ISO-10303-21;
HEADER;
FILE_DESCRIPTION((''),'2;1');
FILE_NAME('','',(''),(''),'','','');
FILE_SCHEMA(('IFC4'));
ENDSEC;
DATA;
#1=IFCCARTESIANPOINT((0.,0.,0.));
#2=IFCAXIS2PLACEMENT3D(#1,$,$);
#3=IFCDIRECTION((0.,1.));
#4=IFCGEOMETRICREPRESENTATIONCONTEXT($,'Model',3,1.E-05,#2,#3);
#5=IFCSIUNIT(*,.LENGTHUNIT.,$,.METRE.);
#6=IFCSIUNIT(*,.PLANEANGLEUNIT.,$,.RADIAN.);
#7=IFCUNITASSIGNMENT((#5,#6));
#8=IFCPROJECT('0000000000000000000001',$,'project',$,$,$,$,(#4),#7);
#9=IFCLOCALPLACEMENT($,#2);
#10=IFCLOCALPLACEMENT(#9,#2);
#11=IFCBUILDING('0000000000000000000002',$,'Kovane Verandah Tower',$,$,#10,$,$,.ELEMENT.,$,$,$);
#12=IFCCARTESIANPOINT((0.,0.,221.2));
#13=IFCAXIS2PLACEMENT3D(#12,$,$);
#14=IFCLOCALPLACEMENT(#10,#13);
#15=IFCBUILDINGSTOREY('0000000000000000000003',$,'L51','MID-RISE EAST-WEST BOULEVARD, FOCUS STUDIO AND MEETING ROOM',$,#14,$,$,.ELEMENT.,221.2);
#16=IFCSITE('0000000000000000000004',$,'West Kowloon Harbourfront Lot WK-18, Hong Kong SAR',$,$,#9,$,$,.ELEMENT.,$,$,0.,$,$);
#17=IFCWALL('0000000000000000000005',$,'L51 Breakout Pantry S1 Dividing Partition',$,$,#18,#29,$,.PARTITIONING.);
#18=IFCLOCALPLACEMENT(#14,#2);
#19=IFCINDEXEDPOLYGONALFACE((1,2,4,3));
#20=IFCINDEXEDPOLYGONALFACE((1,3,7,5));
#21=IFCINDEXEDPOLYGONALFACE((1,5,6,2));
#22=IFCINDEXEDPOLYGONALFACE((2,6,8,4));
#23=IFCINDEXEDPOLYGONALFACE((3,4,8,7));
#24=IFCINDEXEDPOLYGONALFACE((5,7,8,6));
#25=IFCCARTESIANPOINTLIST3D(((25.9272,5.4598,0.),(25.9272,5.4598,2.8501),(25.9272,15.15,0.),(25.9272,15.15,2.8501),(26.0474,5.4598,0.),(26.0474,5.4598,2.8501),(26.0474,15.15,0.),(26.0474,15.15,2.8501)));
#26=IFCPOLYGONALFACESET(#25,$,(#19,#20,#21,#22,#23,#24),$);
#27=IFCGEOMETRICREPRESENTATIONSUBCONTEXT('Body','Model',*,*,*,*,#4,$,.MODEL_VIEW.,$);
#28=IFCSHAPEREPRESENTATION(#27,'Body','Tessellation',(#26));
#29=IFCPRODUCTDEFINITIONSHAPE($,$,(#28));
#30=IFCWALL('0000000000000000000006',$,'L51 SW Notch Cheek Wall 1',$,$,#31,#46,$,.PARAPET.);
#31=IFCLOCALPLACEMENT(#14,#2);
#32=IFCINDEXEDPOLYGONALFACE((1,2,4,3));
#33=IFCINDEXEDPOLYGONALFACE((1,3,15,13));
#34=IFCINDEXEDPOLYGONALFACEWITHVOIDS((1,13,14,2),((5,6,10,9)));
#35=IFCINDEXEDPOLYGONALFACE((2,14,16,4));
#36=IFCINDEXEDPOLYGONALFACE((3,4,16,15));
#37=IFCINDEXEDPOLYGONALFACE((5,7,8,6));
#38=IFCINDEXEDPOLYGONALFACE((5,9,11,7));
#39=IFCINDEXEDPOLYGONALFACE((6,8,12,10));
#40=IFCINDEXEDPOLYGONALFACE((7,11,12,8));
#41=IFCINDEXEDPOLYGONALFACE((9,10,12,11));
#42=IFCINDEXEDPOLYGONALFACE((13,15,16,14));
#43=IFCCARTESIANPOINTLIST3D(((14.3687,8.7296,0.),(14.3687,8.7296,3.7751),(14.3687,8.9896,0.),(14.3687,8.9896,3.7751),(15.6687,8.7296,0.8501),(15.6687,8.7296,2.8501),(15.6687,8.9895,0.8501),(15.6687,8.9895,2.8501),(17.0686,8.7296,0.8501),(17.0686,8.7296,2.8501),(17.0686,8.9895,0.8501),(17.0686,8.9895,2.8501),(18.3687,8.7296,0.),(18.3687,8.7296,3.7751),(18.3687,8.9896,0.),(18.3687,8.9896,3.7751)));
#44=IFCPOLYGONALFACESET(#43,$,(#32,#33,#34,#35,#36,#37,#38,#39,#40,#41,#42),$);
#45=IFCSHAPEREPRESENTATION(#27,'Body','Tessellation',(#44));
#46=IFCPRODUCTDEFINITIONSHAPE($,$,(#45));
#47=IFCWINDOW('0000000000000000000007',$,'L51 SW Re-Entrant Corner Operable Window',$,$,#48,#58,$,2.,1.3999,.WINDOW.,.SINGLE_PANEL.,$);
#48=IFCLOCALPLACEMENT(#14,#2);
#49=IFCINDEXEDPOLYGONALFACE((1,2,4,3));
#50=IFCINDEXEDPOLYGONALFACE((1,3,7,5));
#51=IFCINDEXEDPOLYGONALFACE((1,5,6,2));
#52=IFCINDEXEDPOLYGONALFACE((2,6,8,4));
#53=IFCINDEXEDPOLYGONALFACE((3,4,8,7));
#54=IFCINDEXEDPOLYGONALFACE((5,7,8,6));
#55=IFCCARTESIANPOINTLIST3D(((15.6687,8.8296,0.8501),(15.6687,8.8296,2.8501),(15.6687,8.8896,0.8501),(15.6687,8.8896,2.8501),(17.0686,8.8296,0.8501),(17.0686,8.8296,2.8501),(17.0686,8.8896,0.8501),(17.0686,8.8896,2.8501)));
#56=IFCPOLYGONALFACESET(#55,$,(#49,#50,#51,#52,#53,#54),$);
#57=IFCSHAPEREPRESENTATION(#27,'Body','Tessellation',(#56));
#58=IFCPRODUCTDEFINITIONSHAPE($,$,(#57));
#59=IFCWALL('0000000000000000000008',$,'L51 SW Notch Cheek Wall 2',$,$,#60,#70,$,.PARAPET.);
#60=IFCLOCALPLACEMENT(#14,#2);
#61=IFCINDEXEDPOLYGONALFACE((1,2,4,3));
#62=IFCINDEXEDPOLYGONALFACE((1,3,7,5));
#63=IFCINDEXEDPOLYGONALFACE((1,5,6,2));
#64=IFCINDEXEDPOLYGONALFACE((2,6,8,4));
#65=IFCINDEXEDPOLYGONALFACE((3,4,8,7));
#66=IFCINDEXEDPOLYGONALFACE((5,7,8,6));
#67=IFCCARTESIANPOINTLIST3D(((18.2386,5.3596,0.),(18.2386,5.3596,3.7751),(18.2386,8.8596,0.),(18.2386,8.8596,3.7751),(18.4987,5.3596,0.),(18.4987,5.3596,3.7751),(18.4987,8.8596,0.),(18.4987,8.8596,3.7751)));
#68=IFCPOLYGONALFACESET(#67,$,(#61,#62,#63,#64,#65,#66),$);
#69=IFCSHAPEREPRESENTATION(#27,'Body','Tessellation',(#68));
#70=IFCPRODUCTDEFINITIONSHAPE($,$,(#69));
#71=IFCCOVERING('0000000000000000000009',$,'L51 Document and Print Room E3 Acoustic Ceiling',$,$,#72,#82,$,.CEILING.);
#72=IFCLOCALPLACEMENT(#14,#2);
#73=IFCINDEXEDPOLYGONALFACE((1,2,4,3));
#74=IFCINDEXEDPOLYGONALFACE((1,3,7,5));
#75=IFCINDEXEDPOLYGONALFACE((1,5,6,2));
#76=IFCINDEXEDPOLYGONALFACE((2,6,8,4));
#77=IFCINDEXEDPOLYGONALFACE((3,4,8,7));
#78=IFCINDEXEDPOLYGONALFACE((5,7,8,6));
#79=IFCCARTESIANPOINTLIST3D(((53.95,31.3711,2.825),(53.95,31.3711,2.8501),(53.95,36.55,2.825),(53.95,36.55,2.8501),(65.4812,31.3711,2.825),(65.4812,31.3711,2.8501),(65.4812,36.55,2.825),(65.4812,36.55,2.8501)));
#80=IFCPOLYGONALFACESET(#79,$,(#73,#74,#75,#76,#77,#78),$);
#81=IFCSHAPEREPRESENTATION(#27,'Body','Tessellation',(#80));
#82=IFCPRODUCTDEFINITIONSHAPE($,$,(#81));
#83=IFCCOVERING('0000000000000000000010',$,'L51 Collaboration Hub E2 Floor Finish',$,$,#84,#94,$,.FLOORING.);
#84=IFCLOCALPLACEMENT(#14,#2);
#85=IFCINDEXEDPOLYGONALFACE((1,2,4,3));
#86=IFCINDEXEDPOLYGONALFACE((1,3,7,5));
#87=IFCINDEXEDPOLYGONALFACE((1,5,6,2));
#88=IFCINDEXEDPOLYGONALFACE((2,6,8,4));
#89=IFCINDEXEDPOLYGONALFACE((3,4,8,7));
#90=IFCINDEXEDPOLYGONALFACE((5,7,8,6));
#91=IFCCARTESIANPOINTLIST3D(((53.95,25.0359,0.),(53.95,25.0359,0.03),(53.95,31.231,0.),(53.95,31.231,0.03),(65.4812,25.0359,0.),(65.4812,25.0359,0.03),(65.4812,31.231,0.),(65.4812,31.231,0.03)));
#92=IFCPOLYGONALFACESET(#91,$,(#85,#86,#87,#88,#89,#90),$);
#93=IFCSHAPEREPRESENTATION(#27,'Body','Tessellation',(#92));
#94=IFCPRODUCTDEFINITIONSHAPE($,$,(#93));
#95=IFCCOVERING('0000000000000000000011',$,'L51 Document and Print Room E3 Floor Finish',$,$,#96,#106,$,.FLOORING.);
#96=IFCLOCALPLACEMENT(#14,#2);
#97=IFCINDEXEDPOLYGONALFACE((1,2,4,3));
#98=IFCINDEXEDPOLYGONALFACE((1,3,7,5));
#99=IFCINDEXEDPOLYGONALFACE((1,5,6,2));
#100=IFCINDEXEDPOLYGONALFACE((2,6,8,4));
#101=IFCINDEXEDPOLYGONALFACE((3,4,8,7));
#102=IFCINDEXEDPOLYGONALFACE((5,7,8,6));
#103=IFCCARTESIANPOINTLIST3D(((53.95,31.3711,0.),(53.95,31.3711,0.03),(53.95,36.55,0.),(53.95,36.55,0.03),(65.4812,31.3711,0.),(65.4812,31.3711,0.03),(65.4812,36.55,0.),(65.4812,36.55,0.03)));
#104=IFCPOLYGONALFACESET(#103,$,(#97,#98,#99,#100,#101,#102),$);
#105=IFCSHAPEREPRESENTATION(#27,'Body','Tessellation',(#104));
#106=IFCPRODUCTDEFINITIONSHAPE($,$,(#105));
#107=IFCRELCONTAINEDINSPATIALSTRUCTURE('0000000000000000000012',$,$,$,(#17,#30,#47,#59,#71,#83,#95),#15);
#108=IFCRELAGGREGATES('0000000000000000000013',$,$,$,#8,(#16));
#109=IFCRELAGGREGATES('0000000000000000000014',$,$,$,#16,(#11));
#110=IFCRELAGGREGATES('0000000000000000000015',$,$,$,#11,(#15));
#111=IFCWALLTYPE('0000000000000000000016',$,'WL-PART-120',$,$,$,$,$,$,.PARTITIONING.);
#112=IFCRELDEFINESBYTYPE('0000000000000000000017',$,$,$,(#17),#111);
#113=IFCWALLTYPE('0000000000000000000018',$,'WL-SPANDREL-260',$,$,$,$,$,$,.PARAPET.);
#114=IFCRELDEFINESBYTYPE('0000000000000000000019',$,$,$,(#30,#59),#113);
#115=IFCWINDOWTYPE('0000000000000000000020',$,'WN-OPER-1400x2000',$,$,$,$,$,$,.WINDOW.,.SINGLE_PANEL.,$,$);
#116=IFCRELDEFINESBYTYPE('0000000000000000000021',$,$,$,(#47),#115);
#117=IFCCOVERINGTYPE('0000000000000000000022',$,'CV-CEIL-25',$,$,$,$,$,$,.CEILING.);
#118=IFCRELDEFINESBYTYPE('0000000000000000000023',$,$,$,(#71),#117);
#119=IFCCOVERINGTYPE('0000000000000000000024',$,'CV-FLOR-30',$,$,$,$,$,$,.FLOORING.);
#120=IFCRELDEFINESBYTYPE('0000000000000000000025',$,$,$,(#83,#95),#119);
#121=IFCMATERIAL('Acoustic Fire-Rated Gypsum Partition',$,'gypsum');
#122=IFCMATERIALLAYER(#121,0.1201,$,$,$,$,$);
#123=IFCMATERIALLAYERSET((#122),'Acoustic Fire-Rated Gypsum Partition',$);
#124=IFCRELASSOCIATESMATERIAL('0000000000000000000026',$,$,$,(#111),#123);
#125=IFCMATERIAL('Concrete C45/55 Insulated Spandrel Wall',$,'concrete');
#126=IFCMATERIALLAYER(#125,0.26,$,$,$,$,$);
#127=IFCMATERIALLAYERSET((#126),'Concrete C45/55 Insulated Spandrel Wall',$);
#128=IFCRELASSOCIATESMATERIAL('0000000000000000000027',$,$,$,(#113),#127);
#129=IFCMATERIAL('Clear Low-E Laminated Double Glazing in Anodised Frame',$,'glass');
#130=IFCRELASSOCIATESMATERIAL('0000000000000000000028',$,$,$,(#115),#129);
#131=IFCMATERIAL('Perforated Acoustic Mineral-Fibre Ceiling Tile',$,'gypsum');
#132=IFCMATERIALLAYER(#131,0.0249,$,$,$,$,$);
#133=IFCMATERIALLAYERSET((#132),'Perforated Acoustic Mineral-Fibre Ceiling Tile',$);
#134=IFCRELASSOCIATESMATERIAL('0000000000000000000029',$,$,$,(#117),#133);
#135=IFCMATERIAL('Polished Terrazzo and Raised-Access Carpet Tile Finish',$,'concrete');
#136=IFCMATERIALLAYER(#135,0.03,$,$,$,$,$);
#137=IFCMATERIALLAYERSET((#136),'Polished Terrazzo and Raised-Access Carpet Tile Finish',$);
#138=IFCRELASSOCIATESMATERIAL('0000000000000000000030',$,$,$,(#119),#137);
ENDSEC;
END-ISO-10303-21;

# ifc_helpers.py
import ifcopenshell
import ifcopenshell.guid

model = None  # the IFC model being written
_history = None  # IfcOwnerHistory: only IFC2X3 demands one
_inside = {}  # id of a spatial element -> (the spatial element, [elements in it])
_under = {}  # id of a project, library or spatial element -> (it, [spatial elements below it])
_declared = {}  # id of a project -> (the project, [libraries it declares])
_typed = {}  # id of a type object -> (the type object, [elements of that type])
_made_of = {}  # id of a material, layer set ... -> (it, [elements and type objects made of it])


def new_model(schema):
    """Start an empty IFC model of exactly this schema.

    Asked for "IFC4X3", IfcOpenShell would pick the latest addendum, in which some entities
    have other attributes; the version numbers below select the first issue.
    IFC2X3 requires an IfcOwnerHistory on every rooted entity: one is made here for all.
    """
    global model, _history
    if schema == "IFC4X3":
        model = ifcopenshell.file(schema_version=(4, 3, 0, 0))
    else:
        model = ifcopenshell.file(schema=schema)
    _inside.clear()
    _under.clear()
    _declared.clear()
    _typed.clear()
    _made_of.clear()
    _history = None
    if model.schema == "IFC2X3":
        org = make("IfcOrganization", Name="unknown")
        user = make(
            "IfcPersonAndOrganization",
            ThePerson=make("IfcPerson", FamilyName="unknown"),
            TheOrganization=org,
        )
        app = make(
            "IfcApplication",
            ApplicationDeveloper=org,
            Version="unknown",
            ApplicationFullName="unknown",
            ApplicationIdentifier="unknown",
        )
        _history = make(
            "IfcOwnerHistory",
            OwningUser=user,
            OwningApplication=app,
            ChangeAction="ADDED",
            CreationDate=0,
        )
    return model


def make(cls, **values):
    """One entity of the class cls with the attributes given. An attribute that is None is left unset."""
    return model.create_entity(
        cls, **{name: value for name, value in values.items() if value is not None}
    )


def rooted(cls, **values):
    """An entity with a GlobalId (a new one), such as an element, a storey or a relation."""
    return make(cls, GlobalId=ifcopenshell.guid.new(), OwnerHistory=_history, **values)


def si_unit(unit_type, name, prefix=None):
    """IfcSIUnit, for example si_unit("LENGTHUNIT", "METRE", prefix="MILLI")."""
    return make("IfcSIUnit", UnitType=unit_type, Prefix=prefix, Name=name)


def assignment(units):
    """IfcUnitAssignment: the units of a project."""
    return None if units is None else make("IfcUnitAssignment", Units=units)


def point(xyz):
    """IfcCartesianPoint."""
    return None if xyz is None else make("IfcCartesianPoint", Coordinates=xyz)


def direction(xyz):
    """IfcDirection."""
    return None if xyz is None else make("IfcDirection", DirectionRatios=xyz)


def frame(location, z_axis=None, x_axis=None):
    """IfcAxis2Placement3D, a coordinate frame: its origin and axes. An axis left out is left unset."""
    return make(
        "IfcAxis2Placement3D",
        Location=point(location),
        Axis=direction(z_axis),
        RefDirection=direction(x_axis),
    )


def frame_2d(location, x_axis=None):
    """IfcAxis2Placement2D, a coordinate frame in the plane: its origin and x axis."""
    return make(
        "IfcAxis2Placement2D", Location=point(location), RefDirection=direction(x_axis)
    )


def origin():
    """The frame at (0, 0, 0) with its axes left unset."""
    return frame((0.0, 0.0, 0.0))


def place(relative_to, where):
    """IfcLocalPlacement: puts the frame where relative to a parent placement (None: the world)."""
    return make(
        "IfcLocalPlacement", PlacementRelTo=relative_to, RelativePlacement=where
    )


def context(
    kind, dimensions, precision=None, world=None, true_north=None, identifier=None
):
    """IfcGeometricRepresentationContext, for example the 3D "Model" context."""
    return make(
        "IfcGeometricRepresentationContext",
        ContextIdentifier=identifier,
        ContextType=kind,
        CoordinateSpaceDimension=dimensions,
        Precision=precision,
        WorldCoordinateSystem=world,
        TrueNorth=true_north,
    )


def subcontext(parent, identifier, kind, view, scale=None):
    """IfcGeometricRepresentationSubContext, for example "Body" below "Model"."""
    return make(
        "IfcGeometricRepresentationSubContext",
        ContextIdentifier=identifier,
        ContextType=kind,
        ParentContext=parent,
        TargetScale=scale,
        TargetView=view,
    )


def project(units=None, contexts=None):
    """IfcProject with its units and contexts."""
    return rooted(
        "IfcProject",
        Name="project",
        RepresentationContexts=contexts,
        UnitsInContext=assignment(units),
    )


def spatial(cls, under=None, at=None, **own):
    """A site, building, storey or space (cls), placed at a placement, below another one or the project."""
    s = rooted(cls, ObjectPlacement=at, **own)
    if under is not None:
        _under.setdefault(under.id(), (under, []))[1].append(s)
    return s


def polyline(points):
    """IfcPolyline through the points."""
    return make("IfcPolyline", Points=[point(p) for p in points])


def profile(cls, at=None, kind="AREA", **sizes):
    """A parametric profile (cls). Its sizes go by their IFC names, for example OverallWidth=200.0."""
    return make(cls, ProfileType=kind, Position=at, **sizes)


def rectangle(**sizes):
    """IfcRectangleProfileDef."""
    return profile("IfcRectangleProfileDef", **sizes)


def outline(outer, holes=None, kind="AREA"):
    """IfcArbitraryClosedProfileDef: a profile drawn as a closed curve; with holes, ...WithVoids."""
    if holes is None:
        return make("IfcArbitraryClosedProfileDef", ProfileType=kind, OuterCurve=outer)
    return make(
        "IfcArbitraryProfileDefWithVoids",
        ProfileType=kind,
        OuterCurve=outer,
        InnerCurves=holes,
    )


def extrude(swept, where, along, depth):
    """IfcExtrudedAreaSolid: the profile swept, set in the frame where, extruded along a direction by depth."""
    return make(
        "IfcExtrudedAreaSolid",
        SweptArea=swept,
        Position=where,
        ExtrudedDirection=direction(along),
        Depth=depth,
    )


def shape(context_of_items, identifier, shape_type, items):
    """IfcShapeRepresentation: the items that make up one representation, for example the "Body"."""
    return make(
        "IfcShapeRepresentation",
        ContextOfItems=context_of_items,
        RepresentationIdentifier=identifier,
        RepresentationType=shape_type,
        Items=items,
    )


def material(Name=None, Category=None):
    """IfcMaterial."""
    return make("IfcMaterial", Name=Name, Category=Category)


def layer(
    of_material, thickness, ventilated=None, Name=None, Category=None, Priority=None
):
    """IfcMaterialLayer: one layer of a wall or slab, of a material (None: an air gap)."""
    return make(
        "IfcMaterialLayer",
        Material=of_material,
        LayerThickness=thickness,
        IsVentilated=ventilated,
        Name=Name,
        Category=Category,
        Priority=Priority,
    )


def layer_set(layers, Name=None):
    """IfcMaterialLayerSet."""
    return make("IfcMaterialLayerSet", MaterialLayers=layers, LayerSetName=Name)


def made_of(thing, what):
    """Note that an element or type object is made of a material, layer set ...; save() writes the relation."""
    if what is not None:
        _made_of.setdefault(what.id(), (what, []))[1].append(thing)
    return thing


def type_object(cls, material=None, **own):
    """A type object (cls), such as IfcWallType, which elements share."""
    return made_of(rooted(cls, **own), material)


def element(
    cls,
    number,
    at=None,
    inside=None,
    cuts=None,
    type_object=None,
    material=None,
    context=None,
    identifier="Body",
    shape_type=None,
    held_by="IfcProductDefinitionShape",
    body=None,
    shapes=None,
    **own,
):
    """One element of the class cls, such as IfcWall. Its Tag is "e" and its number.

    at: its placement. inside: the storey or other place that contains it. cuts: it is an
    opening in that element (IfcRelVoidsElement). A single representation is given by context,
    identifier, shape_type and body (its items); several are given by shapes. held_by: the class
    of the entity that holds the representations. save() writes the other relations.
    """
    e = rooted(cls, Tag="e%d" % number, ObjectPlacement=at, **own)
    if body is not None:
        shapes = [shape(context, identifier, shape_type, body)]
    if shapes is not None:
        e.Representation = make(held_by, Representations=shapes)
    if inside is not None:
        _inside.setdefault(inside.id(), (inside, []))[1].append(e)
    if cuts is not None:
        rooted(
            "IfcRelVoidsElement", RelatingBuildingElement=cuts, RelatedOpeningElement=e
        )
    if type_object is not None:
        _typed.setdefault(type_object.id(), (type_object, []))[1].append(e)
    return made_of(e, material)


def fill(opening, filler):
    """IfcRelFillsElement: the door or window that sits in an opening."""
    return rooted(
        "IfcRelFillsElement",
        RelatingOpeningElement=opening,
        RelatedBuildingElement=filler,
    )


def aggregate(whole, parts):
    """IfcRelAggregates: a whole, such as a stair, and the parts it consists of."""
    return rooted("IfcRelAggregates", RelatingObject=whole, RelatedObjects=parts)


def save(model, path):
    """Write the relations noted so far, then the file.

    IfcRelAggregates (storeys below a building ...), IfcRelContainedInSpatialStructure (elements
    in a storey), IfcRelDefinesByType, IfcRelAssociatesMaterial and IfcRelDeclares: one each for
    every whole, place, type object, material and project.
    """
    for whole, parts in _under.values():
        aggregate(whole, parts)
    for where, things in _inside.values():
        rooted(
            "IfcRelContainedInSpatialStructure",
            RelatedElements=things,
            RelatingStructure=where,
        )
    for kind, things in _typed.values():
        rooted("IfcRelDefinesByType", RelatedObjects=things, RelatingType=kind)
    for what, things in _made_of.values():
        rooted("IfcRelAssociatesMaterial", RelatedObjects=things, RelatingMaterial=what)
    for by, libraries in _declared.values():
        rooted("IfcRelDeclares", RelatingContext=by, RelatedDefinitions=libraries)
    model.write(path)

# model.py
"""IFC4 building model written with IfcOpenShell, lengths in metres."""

from ifc_helpers import new_model, si_unit, direction, frame, frame_2d, origin, place, context, subcontext, project, spatial, polyline, rectangle, outline, extrude, material, layer, layer_set, type_object, element, fill, save


model = new_model("IFC4")

# Units and contexts
model_context = context("Model", 3, precision=1e-05, world=origin(), true_north=direction((0.0, 1.0)))
body_context = subcontext(model_context, "Body", "Model", "MODEL_VIEW")
ifc_project = project(units=[si_unit("LENGTHUNIT", "METRE"), si_unit("PLANEANGLEUNIT", "RADIAN")], contexts=[model_context])

# Site, building, storey
site_placement = place(None, origin())
site = spatial("IfcSite", under=ifc_project, at=site_placement, Name="West Kowloon Harbourfront Lot WK-18, Hong Kong SAR", CompositionType="ELEMENT", RefElevation=0.0)
building_placement = place(site_placement, origin())
building = spatial("IfcBuilding", under=site, at=building_placement, Name="Kovane Verandah Tower", CompositionType="ELEMENT")
storey_placement = place(building_placement, frame((0.0, 0.0, 221.2)))
storey = spatial("IfcBuildingStorey", under=building, at=storey_placement, Name="L51", Description="MID-RISE EAST-WEST BOULEVARD, FOCUS STUDIO AND MEETING ROOM", CompositionType="ELEMENT", Elevation=221.2)

# Wall
ifc_material_1 = material(Name="Acoustic Fire-Rated Gypsum Partition", Category="gypsum")
ifc_layer_1 = layer(ifc_material_1, 0.1201)
ifc_layer_set_1 = layer_set([ifc_layer_1], Name="Acoustic Fire-Rated Gypsum Partition")
wall_type_1 = type_object("IfcWallType", Name="WL-PART-120", PredefinedType="PARTITIONING", material=ifc_layer_set_1)
wall_1_placement = place(storey_placement, frame((25.9873, 5.4597, 0.0), z_axis=(0.0, 0.0, 1.0), x_axis=(0.0, 1.0, 0.0)))
element("IfcWall", 1, at=wall_1_placement, inside=storey, type_object=wall_type_1, Name="L51 Breakout Pantry S1 Dividing Partition", PredefinedType="PARTITIONING", context=body_context, shape_type="SweptSolid", body=[
    extrude(rectangle(XDim=9.6902, YDim=0.1201, at=frame_2d((4.8452, 0.0))), origin(), (0.0, 0.0, 1.0), 2.8501),
])

# Shared definitions
ifc_material_2 = material(Name="Concrete C45/55 Insulated Spandrel Wall", Category="concrete")
ifc_layer_2 = layer(ifc_material_2, 0.26)
ifc_layer_set_2 = layer_set([ifc_layer_2], Name="Concrete C45/55 Insulated Spandrel Wall")
wall_type_2 = type_object("IfcWallType", Name="WL-SPANDREL-260", PredefinedType="PARAPET", material=ifc_layer_set_2)
ifc_material_3 = material(Name="Clear Low-E Laminated Double Glazing in Anodised Frame", Category="glass")

# Wall, opening, window
wall_2_placement = place(storey_placement, frame((14.3687, 8.8596, 0.0), z_axis=(0.0, 0.0, 1.0), x_axis=(1.0, 0.0, 0.0)))
wall_2 = element("IfcWall", 2, at=wall_2_placement, inside=storey, type_object=wall_type_2, Name="L51 SW Notch Cheek Wall 1", PredefinedType="PARAPET", context=body_context, shape_type="SweptSolid", body=[
    extrude(rectangle(XDim=4.0, YDim=0.26, at=frame_2d((2.0, 0.0))), origin(), (0.0, 0.0, 1.0), 3.7751),
])
opening_1_placement = place(wall_2_placement, frame((1.3, 0.0, 0.8501)))
opening_1 = element("IfcOpeningElement", 3, at=opening_1_placement, cuts=wall_2, PredefinedType="OPENING", context=body_context, shape_type="SweptSolid", body=[
    extrude(rectangle(XDim=1.3999, YDim=2.0, at=frame_2d((0.7, 1.0))), frame((0.0, 0.1299, 0.0), z_axis=(0.0, -1.0, 0.0), x_axis=(1.0, 0.0, 0.0)), (0.0, 0.0, 1.0), 0.26),
])
window_type_1 = type_object("IfcWindowType", Name="WN-OPER-1400x2000", PartitioningType="SINGLE_PANEL", PredefinedType="WINDOW", material=ifc_material_3)
window_1_placement = place(opening_1_placement, origin())
window_1 = element("IfcWindow", 4, at=window_1_placement, inside=storey, type_object=window_type_1, Name="L51 SW Re-Entrant Corner Operable Window", OverallHeight=2.0, OverallWidth=1.3999, PartitioningType="SINGLE_PANEL", PredefinedType="WINDOW", context=body_context, shape_type="SweptSolid", body=[
    extrude(rectangle(XDim=1.3999, YDim=2.0, at=frame_2d((0.7, 1.0))), frame((0.0, 0.03, 0.0), z_axis=(0.0, -1.0, 0.0), x_axis=(1.0, 0.0, 0.0)), (0.0, 0.0, 1.0), 0.0601),
])
fill(opening_1, window_1)

# Wall
wall_3_placement = place(storey_placement, frame((18.3687, 8.8596, 0.0), z_axis=(0.0, 0.0, 1.0), x_axis=(0.0, -1.0, 0.0)))
element("IfcWall", 5, at=wall_3_placement, inside=storey, type_object=wall_type_2, Name="L51 SW Notch Cheek Wall 2", PredefinedType="PARAPET", context=body_context, shape_type="SweptSolid", body=[
    extrude(rectangle(XDim=3.5, YDim=0.26, at=frame_2d((1.75, 0.0))), origin(), (0.0, 0.0, 1.0), 3.7751),
])

# Coverings
ifc_material_4 = material(Name="Perforated Acoustic Mineral-Fibre Ceiling Tile", Category="gypsum")
ifc_layer_3 = layer(ifc_material_4, 0.0249)
ifc_layer_set_3 = layer_set([ifc_layer_3], Name="Perforated Acoustic Mineral-Fibre Ceiling Tile")
covering_type_1 = type_object("IfcCoveringType", Name="CV-CEIL-25", PredefinedType="CEILING", material=ifc_layer_set_3)
covering_1_placement = place(storey_placement, frame((0.0, 0.0, 2.825)))
element("IfcCovering", 6, at=covering_1_placement, inside=storey, type_object=covering_type_1, Name="L51 Document and Print Room E3 Acoustic Ceiling", PredefinedType="CEILING", context=body_context, shape_type="SweptSolid", body=[
    extrude(outline(polyline([(53.95, 31.3711), (65.4812, 31.3711), (65.4812, 36.55), (53.95, 36.55), (53.95, 31.3711)])), origin(), (0.0, 0.0, 1.0), 0.0251),
])
ifc_material_5 = material(Name="Polished Terrazzo and Raised-Access Carpet Tile Finish", Category="concrete")
ifc_layer_4 = layer(ifc_material_5, 0.03)
ifc_layer_set_4 = layer_set([ifc_layer_4], Name="Polished Terrazzo and Raised-Access Carpet Tile Finish")
covering_type_2 = type_object("IfcCoveringType", Name="CV-FLOR-30", PredefinedType="FLOORING", material=ifc_layer_set_4)
covering_2_placement = place(storey_placement, origin())
element("IfcCovering", 7, at=covering_2_placement, inside=storey, type_object=covering_type_2, Name="L51 Collaboration Hub E2 Floor Finish", PredefinedType="FLOORING", context=body_context, shape_type="SweptSolid", body=[
    extrude(outline(polyline([(53.95, 25.0359), (65.4812, 25.0359), (65.4812, 31.231), (53.95, 31.231), (53.95, 25.0359)])), origin(), (0.0, 0.0, 1.0), 0.03),
])
covering_3_placement = place(storey_placement, origin())
element("IfcCovering", 8, at=covering_3_placement, inside=storey, type_object=covering_type_2, Name="L51 Document and Print Room E3 Floor Finish", PredefinedType="FLOORING", context=body_context, shape_type="SweptSolid", body=[
    extrude(outline(polyline([(53.95, 31.3711), (65.4812, 31.3711), (65.4812, 36.55), (53.95, 36.55), (53.95, 31.3711)])), origin(), (0.0, 0.0, 1.0), 0.03),
])

save(model, "model.ifc")
